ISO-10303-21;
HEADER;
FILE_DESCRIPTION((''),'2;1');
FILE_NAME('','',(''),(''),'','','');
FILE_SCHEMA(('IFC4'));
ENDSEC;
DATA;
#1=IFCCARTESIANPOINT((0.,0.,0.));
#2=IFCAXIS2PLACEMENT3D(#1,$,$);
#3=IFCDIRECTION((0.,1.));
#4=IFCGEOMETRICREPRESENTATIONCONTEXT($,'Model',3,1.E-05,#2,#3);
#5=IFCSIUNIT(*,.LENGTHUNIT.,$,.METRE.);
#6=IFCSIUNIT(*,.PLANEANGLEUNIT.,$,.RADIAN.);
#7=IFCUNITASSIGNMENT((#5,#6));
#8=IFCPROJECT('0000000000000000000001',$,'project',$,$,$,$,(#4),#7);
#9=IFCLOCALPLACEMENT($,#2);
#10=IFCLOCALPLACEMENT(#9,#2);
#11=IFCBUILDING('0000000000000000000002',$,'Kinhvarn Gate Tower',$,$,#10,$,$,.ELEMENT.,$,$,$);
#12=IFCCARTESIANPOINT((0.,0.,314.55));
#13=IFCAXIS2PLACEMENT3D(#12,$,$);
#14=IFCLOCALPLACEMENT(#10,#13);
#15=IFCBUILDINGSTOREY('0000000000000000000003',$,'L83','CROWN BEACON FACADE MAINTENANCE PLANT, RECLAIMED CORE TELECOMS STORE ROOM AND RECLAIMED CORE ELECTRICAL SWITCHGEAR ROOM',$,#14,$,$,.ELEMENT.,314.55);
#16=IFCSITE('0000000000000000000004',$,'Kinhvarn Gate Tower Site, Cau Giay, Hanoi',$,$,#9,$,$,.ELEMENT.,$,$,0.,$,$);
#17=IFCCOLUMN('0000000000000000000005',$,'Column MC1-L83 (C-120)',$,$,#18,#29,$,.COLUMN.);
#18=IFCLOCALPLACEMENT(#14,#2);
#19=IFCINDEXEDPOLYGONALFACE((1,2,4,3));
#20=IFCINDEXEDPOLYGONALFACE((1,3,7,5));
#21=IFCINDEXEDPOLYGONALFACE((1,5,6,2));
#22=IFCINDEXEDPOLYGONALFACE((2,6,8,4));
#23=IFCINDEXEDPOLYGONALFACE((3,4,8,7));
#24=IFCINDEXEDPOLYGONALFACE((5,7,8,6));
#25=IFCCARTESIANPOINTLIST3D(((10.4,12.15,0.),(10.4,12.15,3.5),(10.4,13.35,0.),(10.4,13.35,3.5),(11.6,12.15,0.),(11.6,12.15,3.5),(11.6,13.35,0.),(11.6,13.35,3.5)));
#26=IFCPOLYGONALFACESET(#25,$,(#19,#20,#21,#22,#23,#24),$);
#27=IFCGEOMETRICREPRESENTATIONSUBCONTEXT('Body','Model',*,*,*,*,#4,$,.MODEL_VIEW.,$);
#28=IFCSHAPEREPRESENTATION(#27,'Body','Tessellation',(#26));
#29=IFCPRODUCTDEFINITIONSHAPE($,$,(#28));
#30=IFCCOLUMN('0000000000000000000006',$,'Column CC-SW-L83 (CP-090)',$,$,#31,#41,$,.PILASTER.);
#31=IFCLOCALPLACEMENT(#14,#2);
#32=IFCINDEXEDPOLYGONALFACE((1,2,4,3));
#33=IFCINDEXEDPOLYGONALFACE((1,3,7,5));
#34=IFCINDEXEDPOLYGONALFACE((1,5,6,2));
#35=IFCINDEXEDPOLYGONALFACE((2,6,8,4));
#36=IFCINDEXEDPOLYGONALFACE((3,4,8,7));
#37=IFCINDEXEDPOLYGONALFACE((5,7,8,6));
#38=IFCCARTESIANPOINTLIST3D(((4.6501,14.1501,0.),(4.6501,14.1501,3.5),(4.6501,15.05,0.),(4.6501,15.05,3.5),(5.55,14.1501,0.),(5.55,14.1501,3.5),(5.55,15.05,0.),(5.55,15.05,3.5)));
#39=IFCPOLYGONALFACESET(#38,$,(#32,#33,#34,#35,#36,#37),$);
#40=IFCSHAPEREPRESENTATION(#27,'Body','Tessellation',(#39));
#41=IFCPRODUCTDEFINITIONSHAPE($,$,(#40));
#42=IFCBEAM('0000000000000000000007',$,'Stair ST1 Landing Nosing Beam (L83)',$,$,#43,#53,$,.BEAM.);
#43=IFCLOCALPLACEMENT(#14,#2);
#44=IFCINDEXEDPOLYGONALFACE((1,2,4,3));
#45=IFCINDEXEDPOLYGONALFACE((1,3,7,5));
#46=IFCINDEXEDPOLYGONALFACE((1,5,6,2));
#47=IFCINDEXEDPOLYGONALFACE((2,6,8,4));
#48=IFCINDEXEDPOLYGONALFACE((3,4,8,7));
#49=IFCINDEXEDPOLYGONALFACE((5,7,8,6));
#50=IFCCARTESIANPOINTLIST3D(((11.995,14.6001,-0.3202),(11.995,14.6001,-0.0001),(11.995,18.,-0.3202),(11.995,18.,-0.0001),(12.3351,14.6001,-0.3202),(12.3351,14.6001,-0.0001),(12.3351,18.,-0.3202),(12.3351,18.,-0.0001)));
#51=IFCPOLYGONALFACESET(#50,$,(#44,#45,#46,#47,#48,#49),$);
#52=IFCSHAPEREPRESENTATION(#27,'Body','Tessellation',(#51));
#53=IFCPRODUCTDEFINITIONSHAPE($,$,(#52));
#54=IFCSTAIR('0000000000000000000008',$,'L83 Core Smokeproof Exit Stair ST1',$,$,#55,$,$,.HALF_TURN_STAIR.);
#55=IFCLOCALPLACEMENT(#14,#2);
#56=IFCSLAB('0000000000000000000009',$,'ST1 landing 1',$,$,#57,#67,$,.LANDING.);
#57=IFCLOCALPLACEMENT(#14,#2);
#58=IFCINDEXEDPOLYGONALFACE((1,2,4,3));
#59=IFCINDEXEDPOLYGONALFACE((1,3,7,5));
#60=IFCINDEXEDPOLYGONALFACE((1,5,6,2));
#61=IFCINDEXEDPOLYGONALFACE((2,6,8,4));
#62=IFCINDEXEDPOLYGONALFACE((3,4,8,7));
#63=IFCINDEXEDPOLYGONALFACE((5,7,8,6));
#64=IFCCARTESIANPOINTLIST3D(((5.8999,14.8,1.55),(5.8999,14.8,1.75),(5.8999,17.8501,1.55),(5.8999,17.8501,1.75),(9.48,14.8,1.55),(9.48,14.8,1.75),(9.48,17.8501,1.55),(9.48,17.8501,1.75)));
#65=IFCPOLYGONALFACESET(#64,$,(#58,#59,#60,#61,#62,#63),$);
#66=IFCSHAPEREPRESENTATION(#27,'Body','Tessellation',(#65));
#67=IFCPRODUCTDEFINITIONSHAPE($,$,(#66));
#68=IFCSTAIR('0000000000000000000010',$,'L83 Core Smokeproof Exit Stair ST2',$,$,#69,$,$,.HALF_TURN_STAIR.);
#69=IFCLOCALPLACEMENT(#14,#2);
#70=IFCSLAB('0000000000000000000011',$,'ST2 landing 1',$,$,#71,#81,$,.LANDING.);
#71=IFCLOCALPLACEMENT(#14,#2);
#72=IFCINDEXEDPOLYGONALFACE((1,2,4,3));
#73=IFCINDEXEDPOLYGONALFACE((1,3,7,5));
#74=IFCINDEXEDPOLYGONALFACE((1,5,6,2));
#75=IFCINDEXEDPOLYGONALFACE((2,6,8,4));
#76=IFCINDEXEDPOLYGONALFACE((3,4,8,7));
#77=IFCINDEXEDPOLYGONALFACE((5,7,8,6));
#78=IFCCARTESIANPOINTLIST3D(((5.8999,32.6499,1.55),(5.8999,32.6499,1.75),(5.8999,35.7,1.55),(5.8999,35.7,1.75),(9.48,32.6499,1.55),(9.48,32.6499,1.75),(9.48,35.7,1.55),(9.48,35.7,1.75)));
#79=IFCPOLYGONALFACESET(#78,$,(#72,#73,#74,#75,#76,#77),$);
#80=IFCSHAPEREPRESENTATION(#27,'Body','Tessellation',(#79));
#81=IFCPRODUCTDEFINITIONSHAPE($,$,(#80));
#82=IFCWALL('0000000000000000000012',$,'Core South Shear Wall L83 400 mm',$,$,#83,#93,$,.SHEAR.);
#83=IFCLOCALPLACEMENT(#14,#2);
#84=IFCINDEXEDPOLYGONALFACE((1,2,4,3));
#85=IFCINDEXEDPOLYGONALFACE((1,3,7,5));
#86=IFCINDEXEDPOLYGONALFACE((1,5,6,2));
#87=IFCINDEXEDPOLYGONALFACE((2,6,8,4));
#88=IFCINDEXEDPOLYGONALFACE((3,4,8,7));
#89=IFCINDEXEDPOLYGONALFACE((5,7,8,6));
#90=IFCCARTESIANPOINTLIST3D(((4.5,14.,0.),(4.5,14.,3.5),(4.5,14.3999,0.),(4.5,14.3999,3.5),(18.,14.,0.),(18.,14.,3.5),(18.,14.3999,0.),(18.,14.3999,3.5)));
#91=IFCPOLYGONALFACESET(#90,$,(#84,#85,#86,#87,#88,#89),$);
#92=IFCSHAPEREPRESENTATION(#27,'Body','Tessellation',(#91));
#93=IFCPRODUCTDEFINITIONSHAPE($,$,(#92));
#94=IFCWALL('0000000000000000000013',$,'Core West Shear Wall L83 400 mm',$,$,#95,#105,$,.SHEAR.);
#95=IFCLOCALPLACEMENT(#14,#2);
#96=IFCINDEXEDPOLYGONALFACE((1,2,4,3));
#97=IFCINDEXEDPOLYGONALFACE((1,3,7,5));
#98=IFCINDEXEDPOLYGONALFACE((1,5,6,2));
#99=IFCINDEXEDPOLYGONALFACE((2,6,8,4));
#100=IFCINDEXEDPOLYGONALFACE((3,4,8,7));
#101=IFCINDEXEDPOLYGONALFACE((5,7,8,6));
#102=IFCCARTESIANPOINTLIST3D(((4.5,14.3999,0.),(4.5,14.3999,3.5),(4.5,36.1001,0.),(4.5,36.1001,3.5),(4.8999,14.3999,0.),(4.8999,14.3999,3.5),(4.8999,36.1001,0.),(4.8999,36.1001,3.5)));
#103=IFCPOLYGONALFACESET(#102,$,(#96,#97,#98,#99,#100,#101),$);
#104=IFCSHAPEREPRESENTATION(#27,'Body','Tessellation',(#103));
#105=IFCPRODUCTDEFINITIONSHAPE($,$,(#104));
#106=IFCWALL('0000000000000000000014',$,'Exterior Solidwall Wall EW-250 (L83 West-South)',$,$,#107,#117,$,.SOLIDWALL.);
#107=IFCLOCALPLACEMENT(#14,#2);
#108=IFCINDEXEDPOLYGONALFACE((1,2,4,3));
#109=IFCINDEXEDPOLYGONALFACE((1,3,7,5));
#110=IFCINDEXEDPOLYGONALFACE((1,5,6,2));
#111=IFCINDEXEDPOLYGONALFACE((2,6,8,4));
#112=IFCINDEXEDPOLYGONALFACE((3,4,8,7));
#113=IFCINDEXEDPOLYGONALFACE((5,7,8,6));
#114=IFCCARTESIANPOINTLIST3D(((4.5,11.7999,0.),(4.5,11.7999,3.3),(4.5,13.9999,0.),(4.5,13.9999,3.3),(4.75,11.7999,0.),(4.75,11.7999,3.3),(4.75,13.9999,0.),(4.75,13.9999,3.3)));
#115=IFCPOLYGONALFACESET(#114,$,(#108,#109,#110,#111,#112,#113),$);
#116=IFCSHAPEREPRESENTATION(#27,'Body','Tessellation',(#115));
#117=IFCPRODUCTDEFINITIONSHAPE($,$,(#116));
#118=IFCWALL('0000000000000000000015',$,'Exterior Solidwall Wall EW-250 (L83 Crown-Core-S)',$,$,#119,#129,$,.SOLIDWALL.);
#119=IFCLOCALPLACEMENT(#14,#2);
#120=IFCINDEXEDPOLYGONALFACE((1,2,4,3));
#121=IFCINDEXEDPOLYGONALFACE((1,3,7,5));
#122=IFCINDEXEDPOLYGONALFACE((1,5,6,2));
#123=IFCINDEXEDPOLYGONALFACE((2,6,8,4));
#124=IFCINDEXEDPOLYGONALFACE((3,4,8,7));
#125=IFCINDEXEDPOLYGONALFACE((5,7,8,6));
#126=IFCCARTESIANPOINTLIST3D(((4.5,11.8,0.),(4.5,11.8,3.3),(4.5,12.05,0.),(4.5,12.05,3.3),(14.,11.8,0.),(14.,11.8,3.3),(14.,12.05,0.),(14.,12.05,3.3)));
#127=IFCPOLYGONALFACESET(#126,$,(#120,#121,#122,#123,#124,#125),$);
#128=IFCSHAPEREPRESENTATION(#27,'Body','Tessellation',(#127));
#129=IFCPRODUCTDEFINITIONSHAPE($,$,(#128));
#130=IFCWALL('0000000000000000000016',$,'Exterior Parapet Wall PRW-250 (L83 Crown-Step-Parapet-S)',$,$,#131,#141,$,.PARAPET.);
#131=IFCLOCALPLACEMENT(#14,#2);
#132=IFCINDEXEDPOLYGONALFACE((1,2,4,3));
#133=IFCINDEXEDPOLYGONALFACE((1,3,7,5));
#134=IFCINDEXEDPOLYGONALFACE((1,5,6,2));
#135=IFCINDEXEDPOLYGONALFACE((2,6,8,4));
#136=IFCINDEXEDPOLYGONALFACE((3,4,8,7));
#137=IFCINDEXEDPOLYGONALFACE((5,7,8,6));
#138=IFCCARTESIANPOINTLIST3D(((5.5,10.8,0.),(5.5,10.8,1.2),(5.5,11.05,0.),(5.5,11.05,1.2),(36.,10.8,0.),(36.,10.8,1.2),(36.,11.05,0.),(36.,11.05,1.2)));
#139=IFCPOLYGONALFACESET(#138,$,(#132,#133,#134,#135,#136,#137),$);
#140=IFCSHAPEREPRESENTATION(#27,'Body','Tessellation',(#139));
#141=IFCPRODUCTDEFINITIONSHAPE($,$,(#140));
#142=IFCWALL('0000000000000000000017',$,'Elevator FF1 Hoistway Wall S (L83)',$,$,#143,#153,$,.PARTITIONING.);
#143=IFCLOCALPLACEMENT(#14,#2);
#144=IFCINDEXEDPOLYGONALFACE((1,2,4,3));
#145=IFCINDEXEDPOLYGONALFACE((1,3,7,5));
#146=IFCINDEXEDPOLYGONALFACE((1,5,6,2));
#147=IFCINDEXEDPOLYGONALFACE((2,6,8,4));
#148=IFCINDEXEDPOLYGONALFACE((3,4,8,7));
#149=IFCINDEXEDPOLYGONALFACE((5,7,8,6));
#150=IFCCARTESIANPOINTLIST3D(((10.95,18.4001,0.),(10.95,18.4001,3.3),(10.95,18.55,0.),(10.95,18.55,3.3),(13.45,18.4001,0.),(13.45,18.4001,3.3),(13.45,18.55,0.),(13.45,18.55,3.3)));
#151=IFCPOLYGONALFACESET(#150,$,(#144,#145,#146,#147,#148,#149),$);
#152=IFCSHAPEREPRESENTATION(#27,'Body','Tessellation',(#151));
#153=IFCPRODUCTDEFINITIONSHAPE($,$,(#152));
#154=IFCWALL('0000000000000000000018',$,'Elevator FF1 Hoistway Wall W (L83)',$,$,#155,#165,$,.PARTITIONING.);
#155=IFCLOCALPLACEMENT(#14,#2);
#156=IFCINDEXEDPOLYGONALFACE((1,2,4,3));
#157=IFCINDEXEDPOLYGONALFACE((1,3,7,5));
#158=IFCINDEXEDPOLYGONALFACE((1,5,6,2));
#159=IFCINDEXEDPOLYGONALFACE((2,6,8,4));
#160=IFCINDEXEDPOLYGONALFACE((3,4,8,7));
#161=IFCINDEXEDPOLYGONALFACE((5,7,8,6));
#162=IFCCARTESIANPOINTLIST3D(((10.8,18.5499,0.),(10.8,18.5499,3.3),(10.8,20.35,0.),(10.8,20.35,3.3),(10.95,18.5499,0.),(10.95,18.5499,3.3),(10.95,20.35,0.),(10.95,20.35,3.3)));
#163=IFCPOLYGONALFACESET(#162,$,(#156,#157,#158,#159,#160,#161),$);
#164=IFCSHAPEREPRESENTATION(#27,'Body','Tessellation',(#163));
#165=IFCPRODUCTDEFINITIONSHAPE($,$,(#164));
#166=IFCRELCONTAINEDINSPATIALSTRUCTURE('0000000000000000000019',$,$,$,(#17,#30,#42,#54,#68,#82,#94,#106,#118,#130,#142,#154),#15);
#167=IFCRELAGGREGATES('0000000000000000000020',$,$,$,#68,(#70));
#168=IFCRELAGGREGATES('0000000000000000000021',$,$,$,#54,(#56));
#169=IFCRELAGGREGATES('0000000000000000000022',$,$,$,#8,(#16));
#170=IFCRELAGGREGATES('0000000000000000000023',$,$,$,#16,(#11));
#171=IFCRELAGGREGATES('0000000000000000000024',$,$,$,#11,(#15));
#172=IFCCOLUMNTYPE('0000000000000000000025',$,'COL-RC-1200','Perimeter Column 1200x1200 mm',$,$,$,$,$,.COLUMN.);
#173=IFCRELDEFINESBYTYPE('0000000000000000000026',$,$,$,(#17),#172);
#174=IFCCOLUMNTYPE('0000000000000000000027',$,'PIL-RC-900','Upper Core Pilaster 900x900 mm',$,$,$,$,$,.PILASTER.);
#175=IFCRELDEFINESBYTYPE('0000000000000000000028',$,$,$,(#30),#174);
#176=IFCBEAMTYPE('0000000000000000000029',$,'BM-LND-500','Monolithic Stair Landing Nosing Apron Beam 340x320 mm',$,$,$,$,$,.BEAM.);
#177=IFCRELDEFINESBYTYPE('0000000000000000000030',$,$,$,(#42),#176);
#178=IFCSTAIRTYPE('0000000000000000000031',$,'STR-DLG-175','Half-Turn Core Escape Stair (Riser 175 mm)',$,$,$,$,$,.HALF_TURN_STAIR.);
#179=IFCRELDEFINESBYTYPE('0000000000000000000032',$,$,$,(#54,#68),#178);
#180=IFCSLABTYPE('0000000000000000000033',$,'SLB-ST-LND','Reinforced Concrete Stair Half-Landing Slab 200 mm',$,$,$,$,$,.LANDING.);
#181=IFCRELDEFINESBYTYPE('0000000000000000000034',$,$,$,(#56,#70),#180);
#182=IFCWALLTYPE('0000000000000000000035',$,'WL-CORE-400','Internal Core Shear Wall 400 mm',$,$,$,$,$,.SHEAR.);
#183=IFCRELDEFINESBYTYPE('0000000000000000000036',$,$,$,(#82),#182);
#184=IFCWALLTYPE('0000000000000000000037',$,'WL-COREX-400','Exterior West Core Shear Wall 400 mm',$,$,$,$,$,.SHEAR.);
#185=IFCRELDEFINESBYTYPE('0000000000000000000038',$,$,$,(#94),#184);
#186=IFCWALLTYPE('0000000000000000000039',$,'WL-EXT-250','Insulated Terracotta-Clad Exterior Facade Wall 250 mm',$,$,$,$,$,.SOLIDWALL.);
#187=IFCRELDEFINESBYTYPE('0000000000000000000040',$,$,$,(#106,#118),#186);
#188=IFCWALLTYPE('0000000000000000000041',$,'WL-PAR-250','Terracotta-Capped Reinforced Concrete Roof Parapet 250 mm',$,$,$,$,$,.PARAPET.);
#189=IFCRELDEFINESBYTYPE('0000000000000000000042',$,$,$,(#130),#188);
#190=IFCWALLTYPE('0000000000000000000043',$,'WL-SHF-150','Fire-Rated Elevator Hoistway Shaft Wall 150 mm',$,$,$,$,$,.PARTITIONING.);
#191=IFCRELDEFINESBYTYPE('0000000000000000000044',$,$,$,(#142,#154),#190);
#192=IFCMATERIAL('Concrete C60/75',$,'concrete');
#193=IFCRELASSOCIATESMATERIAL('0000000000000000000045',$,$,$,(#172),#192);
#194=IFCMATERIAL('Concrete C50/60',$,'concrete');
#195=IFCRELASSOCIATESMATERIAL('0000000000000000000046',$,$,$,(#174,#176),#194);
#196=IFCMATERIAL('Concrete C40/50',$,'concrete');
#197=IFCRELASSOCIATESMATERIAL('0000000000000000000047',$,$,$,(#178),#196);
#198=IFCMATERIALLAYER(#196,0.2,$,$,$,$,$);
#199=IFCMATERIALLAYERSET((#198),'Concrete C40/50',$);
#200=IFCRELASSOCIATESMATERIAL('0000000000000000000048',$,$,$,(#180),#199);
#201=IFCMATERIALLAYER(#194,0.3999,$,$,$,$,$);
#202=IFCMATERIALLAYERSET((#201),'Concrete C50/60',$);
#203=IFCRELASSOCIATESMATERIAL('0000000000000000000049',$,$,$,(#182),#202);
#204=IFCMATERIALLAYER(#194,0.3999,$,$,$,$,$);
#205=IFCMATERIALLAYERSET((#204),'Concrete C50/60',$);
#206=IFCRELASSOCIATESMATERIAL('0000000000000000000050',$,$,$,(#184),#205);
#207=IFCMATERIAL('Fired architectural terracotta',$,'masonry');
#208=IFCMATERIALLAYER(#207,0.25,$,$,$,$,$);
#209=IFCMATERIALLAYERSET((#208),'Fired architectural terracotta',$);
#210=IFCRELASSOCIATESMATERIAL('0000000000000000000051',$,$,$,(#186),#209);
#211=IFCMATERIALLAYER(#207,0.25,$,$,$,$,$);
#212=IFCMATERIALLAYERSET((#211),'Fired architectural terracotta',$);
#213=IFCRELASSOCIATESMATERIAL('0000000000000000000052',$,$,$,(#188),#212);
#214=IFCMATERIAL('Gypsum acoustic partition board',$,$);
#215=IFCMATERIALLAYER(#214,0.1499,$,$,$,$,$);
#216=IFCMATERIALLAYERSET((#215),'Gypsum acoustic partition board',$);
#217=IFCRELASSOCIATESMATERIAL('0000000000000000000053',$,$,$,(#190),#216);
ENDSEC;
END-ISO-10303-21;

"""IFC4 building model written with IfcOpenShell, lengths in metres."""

from ifc_helpers import new_model, si_unit, direction, frame, frame_2d, origin, origin_2d, place, context, subcontext, project, spatial, polyline, rectangle, outline, extrude, material, layer, layer_set, material_profile, profile_set, type_object, element, aggregate, save


model = new_model("IFC4")

# Units and contexts
model_context = context("Model", 3, precision=1e-05, world=origin(), true_north=direction((0.0, 1.0)))
body_context = subcontext(model_context, "Body", "Model", "MODEL_VIEW")
ifc_project = project(units=[si_unit("LENGTHUNIT", "METRE"), si_unit("PLANEANGLEUNIT", "RADIAN")], contexts=[model_context])

# Site, building, storey
site_placement = place(None, origin())
site = spatial("IfcSite", under=ifc_project, at=site_placement, Name="Kinhvarn Gate Tower Site, Cau Giay, Hanoi", CompositionType="ELEMENT", RefElevation=0.0)
building_placement = place(site_placement, origin())
building = spatial("IfcBuilding", under=site, at=building_placement, Name="Kinhvarn Gate Tower", CompositionType="ELEMENT")
storey_placement = place(building_placement, frame((0.0, 0.0, 314.55)))
storey = spatial("IfcBuildingStorey", under=building, at=storey_placement, Name="L83", Description="CROWN BEACON FACADE MAINTENANCE PLANT, RECLAIMED CORE TELECOMS STORE ROOM AND RECLAIMED CORE ELECTRICAL SWITCHGEAR ROOM", CompositionType="ELEMENT", Elevation=314.55)

# Columns
ifc_material_1 = material(Name="Concrete C60/75", Category="concrete")
ifc_material_profile_1 = material_profile(ifc_material_1, rectangle(XDim=1.2, YDim=1.2, at=origin_2d()), Name="RC 1200x1200")
ifc_profile_set_1 = profile_set([ifc_material_profile_1], Name="Concrete C60/75")
column_type_1 = type_object("IfcColumnType", Name="COL-RC-1200", Description="Perimeter Column 1200x1200 mm", PredefinedType="COLUMN", material=ifc_profile_set_1)
column_1_placement = place(storey_placement, frame((11.0, 12.75, 0.0), z_axis=(0.0, 0.0, 1.0), x_axis=(1.0, 0.0, 0.0)))
element("IfcColumn", 1, at=column_1_placement, inside=storey, type_object=column_type_1, Name="Column MC1-L83 (C-120)", PredefinedType="COLUMN", context=body_context, shape_type="SweptSolid", body=[
    extrude(rectangle(XDim=1.2, YDim=1.2, at=origin_2d()), origin(), (0.0, 0.0, 1.0), 3.5),
])
ifc_material_2 = material(Name="Concrete C50/60", Category="concrete")
ifc_material_profile_2 = material_profile(ifc_material_2, rectangle(XDim=0.8999, YDim=0.8999, at=origin_2d()), Name="RC 900x900")
ifc_profile_set_2 = profile_set([ifc_material_profile_2], Name="Concrete C50/60")
column_type_2 = type_object("IfcColumnType", Name="PIL-RC-900", Description="Upper Core Pilaster 900x900 mm", PredefinedType="PILASTER", material=ifc_profile_set_2)
column_2_placement = place(storey_placement, frame((5.1001, 14.6001, 0.0), z_axis=(0.0, 0.0, 1.0), x_axis=(1.0, 0.0, 0.0)))
element("IfcColumn", 2, at=column_2_placement, inside=storey, type_object=column_type_2, Name="Column CC-SW-L83 (CP-090)", PredefinedType="PILASTER", context=body_context, shape_type="SweptSolid", body=[
    extrude(rectangle(XDim=0.8999, YDim=0.8999, at=origin_2d()), origin(), (0.0, 0.0, 1.0), 3.5),
])

# Beam
ifc_material_profile_3 = material_profile(ifc_material_2, rectangle(XDim=0.3401, YDim=0.3201, at=origin_2d()), Name="RC 340x320")
ifc_profile_set_3 = profile_set([ifc_material_profile_3], Name="Concrete C50/60")
beam_type = type_object("IfcBeamType", Name="BM-LND-500", Description="Monolithic Stair Landing Nosing Apron Beam 340x320 mm", PredefinedType="BEAM", material=ifc_profile_set_3)
beam_placement = place(storey_placement, frame((12.165, 14.6001, -0.1602), z_axis=(0.0, 1.0, 0.0), x_axis=(-1.0, 0.0, 0.0)))
element("IfcBeam", 3, at=beam_placement, inside=storey, type_object=beam_type, Name="Stair ST1 Landing Nosing Beam (L83)", PredefinedType="BEAM", context=body_context, shape_type="SweptSolid", body=[
    extrude(rectangle(XDim=0.3401, YDim=0.3201, at=origin_2d()), origin(), (0.0, 0.0, 1.0), 3.3999),
])

# Stairs, slabs
ifc_material_3 = material(Name="Concrete C40/50", Category="concrete")
stair_type = type_object("IfcStairType", Name="STR-DLG-175", Description="Half-Turn Core Escape Stair (Riser 175 mm)", PredefinedType="HALF_TURN_STAIR", material=ifc_material_3)
stair_1_placement = place(storey_placement, origin())
stair_1 = element("IfcStair", 4, at=stair_1_placement, inside=storey, type_object=stair_type, Name="L83 Core Smokeproof Exit Stair ST1", PredefinedType="HALF_TURN_STAIR")
ifc_layer_1 = layer(ifc_material_3, 0.2)
ifc_layer_set_1 = layer_set([ifc_layer_1], Name="Concrete C40/50")
slab_type = type_object("IfcSlabType", Name="SLB-ST-LND", Description="Reinforced Concrete Stair Half-Landing Slab 200 mm", PredefinedType="LANDING", material=ifc_layer_set_1)
slab_1_placement = place(storey_placement, frame((0.0, 0.0, 1.55)))
slab_1 = element("IfcSlab", 5, at=slab_1_placement, type_object=slab_type, Name="ST1 landing 1", PredefinedType="LANDING", context=body_context, shape_type="SweptSolid", body=[
    extrude(outline(polyline([(9.48, 17.8501), (5.8999, 17.8501), (5.8999, 14.8), (9.48, 14.8), (9.48, 17.8501)])), origin(), (0.0, 0.0, 1.0), 0.2),
])
stair_2_placement = place(storey_placement, origin())
stair_2 = element("IfcStair", 6, at=stair_2_placement, inside=storey, type_object=stair_type, Name="L83 Core Smokeproof Exit Stair ST2", PredefinedType="HALF_TURN_STAIR")
slab_2_placement = place(storey_placement, frame((0.0, 0.0, 1.55)))
slab_2 = element("IfcSlab", 7, at=slab_2_placement, type_object=slab_type, Name="ST2 landing 1", PredefinedType="LANDING", context=body_context, shape_type="SweptSolid", body=[
    extrude(outline(polyline([(9.48, 35.7), (5.8999, 35.7), (5.8999, 32.6499), (9.48, 32.6499), (9.48, 35.7)])), origin(), (0.0, 0.0, 1.0), 0.2),
])
aggregate(stair_2, [slab_2])

# Walls
ifc_layer_2 = layer(ifc_material_2, 0.3999)
ifc_layer_set_2 = layer_set([ifc_layer_2], Name="Concrete C50/60")
wall_type_1 = type_object("IfcWallType", Name="WL-CORE-400", Description="Internal Core Shear Wall 400 mm", PredefinedType="SHEAR", material=ifc_layer_set_2)
wall_1_placement = place(storey_placement, frame((4.5, 14.2, 0.0), z_axis=(0.0, 0.0, 1.0), x_axis=(1.0, 0.0, 0.0)))
element("IfcWall", 8, at=wall_1_placement, inside=storey, type_object=wall_type_1, Name="Core South Shear Wall L83 400 mm", PredefinedType="SHEAR", context=body_context, shape_type="SweptSolid", body=[
    extrude(rectangle(XDim=13.5, YDim=0.3999, at=frame_2d((6.75, 0.0))), origin(), (0.0, 0.0, 1.0), 3.5),
])
ifc_layer_3 = layer(ifc_material_2, 0.3999)
ifc_layer_set_3 = layer_set([ifc_layer_3], Name="Concrete C50/60")
wall_type_2 = type_object("IfcWallType", Name="WL-COREX-400", Description="Exterior West Core Shear Wall 400 mm", PredefinedType="SHEAR", material=ifc_layer_set_3)
wall_2_placement = place(storey_placement, frame((4.7, 14.3999, 0.0), z_axis=(0.0, 0.0, 1.0), x_axis=(0.0, 1.0, 0.0)))
element("IfcWall", 9, at=wall_2_placement, inside=storey, type_object=wall_type_2, Name="Core West Shear Wall L83 400 mm", PredefinedType="SHEAR", context=body_context, shape_type="SweptSolid", body=[
    extrude(rectangle(XDim=21.7002, YDim=0.3999, at=frame_2d((10.8501, 0.0))), origin(), (0.0, 0.0, 1.0), 3.5),
])
ifc_material_4 = material(Name="Fired architectural terracotta", Category="masonry")
ifc_layer_4 = layer(ifc_material_4, 0.25)
ifc_layer_set_4 = layer_set([ifc_layer_4], Name="Fired architectural terracotta")
wall_type_3 = type_object("IfcWallType", Name="WL-EXT-250", Description="Insulated Terracotta-Clad Exterior Facade Wall 250 mm", PredefinedType="SOLIDWALL", material=ifc_layer_set_4)
wall_3_placement = place(storey_placement, frame((4.625, 14.0, 0.0), z_axis=(0.0, 0.0, 1.0), x_axis=(0.0, -1.0, 0.0)))
element("IfcWall", 10, at=wall_3_placement, inside=storey, type_object=wall_type_3, Name="Exterior Solidwall Wall EW-250 (L83 West-South)", PredefinedType="SOLIDWALL", context=body_context, shape_type="SweptSolid", body=[
    extrude(rectangle(XDim=2.2, YDim=0.25, at=frame_2d((1.1001, 0.0))), origin(), (0.0, 0.0, 1.0), 3.3),
])
wall_4_placement = place(storey_placement, frame((4.5, 11.925, 0.0), z_axis=(0.0, 0.0, 1.0), x_axis=(1.0, 0.0, 0.0)))
element("IfcWall", 11, at=wall_4_placement, inside=storey, type_object=wall_type_3, Name="Exterior Solidwall Wall EW-250 (L83 Crown-Core-S)", PredefinedType="SOLIDWALL", context=body_context, shape_type="SweptSolid", body=[
    extrude(rectangle(XDim=9.5, YDim=0.25, at=frame_2d((4.75, 0.0))), origin(), (0.0, 0.0, 1.0), 3.3),
])
ifc_layer_5 = layer(ifc_material_4, 0.25)
ifc_layer_set_5 = layer_set([ifc_layer_5], Name="Fired architectural terracotta")
wall_type_4 = type_object("IfcWallType", Name="WL-PAR-250", Description="Terracotta-Capped Reinforced Concrete Roof Parapet 250 mm", PredefinedType="PARAPET", material=ifc_layer_set_5)
wall_5_placement = place(storey_placement, frame((5.5, 10.925, 0.0), z_axis=(0.0, 0.0, 1.0), x_axis=(1.0, 0.0, 0.0)))
element("IfcWall", 12, at=wall_5_placement, inside=storey, type_object=wall_type_4, Name="Exterior Parapet Wall PRW-250 (L83 Crown-Step-Parapet-S)", PredefinedType="PARAPET", context=body_context, shape_type="SweptSolid", body=[
    extrude(rectangle(XDim=30.5, YDim=0.25, at=frame_2d((15.25, 0.0))), origin(), (0.0, 0.0, 1.0), 1.2),
])
ifc_material_5 = material(Name="Gypsum acoustic partition board")
ifc_layer_6 = layer(ifc_material_5, 0.1499)
ifc_layer_set_6 = layer_set([ifc_layer_6], Name="Gypsum acoustic partition board")
wall_type_5 = type_object("IfcWallType", Name="WL-SHF-150", Description="Fire-Rated Elevator Hoistway Shaft Wall 150 mm", PredefinedType="PARTITIONING", material=ifc_layer_set_6)
wall_6_placement = place(storey_placement, frame((10.95, 18.4751, 0.0), z_axis=(0.0, 0.0, 1.0), x_axis=(1.0, 0.0, 0.0)))
element("IfcWall", 13, at=wall_6_placement, inside=storey, type_object=wall_type_5, Name="Elevator FF1 Hoistway Wall S (L83)", PredefinedType="PARTITIONING", context=body_context, shape_type="SweptSolid", body=[
    extrude(rectangle(XDim=2.5, YDim=0.1499, at=frame_2d((1.25, 0.0))), origin(), (0.0, 0.0, 1.0), 3.3),
])
wall_7_placement = place(storey_placement, frame((10.875, 18.55, 0.0), z_axis=(0.0, 0.0, 1.0), x_axis=(0.0, 1.0, 0.0)))
element("IfcWall", 14, at=wall_7_placement, inside=storey, type_object=wall_type_5, Name="Elevator FF1 Hoistway Wall W (L83)", PredefinedType="PARTITIONING", context=body_context, shape_type="SweptSolid", body=[
    extrude(rectangle(XDim=1.8, YDim=0.1499, at=frame_2d((0.8999, 0.0))), origin(), (0.0, 0.0, 1.0), 3.3),
])

aggregate(stair_1, [slab_1])

save(model, "model.ifc")
